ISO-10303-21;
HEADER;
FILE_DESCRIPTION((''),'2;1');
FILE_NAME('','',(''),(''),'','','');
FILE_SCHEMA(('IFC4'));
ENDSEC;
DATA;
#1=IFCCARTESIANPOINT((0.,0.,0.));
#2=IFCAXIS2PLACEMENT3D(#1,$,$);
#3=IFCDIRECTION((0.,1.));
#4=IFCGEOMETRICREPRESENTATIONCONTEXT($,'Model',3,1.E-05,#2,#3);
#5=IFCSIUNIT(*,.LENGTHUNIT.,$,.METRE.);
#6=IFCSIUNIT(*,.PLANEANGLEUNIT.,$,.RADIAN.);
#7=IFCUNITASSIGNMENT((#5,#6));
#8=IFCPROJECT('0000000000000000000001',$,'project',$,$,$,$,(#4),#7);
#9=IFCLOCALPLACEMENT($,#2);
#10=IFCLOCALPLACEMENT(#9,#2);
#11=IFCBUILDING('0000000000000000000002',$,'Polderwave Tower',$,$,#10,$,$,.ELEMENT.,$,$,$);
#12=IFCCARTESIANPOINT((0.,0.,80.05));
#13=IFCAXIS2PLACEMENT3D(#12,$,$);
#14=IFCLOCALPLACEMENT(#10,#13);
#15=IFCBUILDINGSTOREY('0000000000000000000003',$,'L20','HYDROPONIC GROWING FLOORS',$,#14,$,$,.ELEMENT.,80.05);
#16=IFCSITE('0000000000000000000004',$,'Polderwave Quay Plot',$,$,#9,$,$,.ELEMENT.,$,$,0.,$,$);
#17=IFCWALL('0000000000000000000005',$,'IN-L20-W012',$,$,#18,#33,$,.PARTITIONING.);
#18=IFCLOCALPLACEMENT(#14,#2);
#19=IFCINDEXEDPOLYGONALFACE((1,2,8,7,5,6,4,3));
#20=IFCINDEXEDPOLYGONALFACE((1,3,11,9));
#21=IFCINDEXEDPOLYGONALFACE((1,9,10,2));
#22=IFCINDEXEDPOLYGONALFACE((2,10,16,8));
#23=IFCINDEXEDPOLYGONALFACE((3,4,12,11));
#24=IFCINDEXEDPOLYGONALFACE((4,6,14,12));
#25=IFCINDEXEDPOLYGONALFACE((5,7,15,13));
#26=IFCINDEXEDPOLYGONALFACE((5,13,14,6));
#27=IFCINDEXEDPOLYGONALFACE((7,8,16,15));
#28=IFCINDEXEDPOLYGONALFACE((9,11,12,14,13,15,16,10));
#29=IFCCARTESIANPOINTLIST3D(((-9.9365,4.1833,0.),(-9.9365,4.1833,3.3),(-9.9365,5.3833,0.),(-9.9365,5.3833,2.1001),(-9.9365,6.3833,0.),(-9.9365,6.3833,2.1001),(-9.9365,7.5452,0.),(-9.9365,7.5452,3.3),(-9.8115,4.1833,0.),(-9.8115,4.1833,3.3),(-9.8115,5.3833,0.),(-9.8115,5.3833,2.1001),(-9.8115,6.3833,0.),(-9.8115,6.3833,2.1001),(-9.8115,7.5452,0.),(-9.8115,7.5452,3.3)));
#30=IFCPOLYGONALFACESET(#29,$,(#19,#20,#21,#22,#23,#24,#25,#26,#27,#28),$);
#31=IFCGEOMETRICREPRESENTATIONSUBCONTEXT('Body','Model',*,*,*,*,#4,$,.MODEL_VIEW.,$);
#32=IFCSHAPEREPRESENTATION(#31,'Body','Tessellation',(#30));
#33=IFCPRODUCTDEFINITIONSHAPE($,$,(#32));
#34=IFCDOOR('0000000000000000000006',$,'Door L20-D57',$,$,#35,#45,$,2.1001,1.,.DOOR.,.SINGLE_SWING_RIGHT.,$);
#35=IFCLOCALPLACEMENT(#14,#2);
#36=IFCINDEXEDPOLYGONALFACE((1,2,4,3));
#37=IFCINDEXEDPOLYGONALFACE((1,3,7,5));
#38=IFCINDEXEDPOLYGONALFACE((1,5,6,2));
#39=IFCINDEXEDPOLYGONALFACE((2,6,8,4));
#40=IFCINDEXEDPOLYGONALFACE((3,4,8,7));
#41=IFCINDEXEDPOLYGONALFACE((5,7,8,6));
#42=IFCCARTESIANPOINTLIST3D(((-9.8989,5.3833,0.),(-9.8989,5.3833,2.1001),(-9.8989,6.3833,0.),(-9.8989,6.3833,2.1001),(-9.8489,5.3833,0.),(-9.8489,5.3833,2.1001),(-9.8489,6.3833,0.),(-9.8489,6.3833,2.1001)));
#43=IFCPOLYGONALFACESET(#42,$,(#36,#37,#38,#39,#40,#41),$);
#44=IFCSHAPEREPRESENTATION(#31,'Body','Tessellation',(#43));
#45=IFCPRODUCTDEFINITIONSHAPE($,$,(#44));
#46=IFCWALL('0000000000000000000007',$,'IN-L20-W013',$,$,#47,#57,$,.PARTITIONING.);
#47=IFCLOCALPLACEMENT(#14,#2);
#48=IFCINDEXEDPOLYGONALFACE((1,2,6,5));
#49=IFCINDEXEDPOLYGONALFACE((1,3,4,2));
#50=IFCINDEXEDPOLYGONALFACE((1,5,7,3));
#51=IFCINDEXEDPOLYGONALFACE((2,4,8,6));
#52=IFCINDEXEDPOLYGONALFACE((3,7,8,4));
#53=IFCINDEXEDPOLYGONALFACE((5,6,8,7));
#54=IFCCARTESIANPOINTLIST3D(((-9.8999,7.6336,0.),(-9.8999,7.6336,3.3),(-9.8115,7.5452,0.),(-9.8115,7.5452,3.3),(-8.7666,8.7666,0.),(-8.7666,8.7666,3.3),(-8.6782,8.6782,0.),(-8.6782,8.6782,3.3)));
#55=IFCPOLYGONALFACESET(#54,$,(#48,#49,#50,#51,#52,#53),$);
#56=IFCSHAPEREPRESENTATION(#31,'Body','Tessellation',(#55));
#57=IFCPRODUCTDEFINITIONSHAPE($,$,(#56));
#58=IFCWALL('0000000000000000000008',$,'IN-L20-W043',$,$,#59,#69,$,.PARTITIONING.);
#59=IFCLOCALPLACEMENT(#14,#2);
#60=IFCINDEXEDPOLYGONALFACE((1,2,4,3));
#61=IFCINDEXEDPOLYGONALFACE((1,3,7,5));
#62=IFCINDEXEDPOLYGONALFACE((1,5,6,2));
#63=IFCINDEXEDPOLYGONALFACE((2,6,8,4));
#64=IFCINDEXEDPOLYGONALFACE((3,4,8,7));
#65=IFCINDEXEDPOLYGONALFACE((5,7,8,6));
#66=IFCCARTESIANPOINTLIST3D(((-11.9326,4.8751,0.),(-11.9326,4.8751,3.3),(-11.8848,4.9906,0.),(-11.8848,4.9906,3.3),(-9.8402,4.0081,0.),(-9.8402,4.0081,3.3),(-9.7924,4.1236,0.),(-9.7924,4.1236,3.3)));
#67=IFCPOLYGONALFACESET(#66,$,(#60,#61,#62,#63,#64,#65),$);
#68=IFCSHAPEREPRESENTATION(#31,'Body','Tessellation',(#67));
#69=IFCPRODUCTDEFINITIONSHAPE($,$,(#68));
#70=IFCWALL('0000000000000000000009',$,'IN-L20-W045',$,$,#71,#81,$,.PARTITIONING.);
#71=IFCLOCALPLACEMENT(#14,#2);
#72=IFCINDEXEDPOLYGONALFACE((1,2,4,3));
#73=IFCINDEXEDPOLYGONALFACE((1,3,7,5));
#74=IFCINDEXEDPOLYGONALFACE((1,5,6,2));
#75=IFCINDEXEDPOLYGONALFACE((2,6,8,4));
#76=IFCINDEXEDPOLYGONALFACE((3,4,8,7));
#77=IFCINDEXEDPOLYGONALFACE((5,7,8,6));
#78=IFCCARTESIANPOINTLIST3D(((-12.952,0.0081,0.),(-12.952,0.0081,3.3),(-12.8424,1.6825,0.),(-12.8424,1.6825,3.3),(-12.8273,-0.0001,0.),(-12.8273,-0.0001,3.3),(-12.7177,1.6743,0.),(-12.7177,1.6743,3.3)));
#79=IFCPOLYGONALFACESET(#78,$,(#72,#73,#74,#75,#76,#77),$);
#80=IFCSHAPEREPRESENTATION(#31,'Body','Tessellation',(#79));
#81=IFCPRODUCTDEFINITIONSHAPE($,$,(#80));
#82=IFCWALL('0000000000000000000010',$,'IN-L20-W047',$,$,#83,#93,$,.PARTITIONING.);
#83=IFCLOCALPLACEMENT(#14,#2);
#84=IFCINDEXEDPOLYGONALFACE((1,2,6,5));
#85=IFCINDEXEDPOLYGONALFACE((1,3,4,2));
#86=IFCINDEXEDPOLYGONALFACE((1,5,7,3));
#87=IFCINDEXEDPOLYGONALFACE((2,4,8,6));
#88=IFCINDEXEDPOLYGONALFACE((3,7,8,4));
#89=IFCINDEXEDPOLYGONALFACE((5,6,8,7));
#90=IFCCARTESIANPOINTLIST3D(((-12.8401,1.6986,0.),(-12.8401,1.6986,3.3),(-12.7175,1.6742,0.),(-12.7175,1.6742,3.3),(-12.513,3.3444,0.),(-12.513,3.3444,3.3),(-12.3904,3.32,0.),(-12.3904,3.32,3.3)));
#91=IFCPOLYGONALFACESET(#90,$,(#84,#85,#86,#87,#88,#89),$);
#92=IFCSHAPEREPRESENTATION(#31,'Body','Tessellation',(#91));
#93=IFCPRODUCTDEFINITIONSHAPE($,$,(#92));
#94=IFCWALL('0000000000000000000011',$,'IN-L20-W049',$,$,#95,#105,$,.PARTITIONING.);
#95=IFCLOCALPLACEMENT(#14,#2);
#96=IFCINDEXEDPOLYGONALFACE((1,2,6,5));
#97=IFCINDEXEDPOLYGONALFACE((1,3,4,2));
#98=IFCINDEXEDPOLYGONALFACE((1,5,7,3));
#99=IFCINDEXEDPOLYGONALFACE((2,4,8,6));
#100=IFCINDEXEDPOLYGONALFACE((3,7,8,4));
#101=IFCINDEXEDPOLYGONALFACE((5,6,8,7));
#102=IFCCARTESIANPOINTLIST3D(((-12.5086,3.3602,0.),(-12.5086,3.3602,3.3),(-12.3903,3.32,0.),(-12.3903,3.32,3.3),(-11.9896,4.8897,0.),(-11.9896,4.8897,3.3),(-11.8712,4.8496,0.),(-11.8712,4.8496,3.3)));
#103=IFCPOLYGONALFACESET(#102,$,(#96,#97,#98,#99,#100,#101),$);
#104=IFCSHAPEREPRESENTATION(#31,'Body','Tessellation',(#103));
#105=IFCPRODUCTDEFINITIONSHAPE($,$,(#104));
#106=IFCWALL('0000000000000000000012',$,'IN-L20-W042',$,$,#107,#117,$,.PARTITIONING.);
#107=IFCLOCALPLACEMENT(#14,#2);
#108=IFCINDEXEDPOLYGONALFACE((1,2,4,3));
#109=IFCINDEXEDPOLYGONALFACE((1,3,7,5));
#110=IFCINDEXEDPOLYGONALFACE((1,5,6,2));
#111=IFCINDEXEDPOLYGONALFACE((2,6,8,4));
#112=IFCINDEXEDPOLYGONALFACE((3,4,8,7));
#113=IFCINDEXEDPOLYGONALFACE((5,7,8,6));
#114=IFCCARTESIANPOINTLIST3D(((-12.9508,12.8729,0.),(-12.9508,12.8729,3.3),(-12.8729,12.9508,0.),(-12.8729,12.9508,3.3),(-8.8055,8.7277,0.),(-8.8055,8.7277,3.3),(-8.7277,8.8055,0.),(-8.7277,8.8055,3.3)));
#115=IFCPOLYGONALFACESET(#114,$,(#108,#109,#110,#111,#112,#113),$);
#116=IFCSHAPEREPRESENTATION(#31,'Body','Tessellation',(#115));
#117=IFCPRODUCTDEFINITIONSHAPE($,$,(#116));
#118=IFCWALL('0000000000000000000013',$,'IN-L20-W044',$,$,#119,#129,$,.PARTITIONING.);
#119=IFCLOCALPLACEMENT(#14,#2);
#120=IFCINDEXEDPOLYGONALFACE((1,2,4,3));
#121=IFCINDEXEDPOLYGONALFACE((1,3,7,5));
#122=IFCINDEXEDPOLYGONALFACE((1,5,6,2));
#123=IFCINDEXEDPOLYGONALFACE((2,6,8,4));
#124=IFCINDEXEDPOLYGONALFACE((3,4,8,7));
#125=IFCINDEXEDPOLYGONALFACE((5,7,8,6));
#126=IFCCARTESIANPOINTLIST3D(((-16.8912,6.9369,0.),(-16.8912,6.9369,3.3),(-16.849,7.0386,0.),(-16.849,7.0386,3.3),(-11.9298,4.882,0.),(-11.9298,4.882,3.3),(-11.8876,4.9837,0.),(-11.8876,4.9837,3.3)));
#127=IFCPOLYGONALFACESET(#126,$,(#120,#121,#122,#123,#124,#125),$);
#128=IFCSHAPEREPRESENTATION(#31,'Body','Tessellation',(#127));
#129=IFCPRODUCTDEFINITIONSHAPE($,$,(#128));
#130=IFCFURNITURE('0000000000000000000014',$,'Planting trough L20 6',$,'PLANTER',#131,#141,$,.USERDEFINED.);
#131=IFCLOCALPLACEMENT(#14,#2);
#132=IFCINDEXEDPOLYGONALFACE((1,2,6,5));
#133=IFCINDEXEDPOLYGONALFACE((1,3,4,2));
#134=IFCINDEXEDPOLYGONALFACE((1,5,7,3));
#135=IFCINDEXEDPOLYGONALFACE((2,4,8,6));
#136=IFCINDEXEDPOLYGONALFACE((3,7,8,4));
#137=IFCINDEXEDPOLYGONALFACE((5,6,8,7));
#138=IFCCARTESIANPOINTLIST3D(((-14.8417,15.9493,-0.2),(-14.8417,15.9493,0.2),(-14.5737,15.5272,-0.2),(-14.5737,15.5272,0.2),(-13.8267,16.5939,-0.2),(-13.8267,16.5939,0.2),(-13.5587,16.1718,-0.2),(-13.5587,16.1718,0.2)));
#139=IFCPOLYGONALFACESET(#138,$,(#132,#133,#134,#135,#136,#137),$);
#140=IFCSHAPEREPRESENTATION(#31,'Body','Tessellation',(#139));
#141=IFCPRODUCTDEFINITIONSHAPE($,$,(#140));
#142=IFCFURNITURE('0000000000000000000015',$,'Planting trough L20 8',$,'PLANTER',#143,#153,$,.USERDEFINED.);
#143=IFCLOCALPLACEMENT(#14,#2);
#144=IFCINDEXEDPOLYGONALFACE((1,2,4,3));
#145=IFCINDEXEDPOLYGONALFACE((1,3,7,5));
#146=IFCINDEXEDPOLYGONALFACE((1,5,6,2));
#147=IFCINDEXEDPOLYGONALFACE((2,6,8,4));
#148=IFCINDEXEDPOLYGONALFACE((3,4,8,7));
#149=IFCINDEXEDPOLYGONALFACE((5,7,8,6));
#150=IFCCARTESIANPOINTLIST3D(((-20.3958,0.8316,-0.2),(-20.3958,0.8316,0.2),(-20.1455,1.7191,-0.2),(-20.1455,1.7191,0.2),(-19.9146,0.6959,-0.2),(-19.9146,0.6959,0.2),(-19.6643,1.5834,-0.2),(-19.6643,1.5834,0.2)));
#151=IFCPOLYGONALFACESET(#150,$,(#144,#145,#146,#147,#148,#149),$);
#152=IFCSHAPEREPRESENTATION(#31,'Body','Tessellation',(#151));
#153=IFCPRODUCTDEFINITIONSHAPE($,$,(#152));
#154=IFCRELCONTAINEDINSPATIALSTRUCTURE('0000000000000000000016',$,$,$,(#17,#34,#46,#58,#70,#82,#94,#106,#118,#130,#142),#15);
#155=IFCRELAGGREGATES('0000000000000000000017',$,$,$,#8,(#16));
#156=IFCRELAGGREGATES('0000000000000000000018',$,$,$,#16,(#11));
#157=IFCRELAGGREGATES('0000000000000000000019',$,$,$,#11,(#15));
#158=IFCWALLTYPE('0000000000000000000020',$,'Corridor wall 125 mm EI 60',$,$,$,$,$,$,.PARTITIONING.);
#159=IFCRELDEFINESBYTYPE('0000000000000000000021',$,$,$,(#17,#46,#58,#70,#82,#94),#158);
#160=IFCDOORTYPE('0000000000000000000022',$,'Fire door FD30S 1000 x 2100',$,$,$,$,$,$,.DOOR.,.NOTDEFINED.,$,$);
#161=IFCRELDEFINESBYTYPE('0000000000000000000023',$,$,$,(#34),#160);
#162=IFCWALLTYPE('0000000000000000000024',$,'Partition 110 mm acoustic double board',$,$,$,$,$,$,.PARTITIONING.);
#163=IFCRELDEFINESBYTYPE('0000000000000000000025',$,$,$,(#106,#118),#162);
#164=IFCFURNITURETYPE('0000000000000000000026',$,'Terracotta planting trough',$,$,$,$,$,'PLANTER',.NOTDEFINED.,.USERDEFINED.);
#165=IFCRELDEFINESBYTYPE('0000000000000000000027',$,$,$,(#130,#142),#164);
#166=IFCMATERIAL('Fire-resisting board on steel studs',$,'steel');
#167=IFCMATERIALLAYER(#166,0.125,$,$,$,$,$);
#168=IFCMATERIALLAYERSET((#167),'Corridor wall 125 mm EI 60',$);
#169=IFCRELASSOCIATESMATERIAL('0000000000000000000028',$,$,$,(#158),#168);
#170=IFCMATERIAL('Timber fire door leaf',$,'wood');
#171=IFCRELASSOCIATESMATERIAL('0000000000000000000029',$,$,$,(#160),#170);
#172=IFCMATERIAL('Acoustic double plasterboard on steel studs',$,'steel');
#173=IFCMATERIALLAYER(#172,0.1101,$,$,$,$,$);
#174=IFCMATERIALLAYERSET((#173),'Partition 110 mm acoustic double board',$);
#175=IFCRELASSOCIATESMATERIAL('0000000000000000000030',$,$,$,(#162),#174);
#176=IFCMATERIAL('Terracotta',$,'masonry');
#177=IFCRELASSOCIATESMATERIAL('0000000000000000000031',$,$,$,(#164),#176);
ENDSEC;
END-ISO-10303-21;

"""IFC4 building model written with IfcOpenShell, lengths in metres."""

from ifc_helpers import new_model, si_unit, direction, frame, frame_2d, origin, origin_2d, place, context, subcontext, project, spatial, rectangle, extrude, material, layer, layer_set, type_object, element, fill, save


model = new_model("IFC4")

# Units and contexts
model_context = context("Model", 3, precision=1e-05, world=origin(), true_north=direction((0.0, 1.0)))
body_context = subcontext(model_context, "Body", "Model", "MODEL_VIEW")
ifc_project = project(units=[si_unit("LENGTHUNIT", "METRE"), si_unit("PLANEANGLEUNIT", "RADIAN")], contexts=[model_context])

# Site, building, storey
site_placement = place(None, origin())
site = spatial("IfcSite", under=ifc_project, at=site_placement, Name="Polderwave Quay Plot", CompositionType="ELEMENT", RefElevation=0.0)
building_placement = place(site_placement, origin())
building = spatial("IfcBuilding", under=site, at=building_placement, Name="Polderwave Tower", CompositionType="ELEMENT")
storey_placement = place(building_placement, frame((0.0, 0.0, 80.05)))
storey = spatial("IfcBuildingStorey", under=building, at=storey_placement, Name="L20", Description="HYDROPONIC GROWING FLOORS", CompositionType="ELEMENT", Elevation=80.05)

# Shared definitions
ifc_material_1 = material(Name="Fire-resisting board on steel studs", Category="steel")
ifc_layer_1 = layer(ifc_material_1, 0.125)
ifc_layer_set_1 = layer_set([ifc_layer_1], Name="Corridor wall 125 mm EI 60")
wall_type_1 = type_object("IfcWallType", Name="Corridor wall 125 mm EI 60", PredefinedType="PARTITIONING", material=ifc_layer_set_1)

# Wall, opening, door
wall_1_placement = place(storey_placement, frame((-9.874, 4.1833, 0.0), z_axis=(0.0, 0.0, 1.0), x_axis=(0.0, 1.0, 0.0)))
wall_1 = element("IfcWall", 1, at=wall_1_placement, inside=storey, type_object=wall_type_1, Name="IN-L20-W012", PredefinedType="PARTITIONING", context=body_context, shape_type="SweptSolid", body=[
    extrude(rectangle(XDim=3.3618, YDim=0.125, at=frame_2d((1.6809, 0.0))), origin(), (0.0, 0.0, 1.0), 3.3),
])
opening_placement = place(wall_1_placement, frame((1.2, 0.0, 0.0)))
opening = element("IfcOpeningElement", 2, at=opening_placement, cuts=wall_1, PredefinedType="OPENING", context=body_context, shape_type="SweptSolid", body=[
    extrude(rectangle(XDim=1.0, YDim=2.1001, at=frame_2d((0.5, 1.05))), frame((0.0, 0.0725, 0.0), z_axis=(0.0, -1.0, 0.0), x_axis=(1.0, 0.0, 0.0)), (0.0, 0.0, 1.0), 0.145),
])
ifc_material_2 = material(Name="Timber fire door leaf", Category="wood")
door_type = type_object("IfcDoorType", Name="Fire door FD30S 1000 x 2100", OperationType="NOTDEFINED", PredefinedType="DOOR", material=ifc_material_2)
door_placement = place(opening_placement, origin())
door = element("IfcDoor", 3, at=door_placement, inside=storey, type_object=door_type, Name="Door L20-D57", OperationType="SINGLE_SWING_RIGHT", OverallHeight=2.1001, OverallWidth=1.0, PredefinedType="DOOR", context=body_context, shape_type="SweptSolid", body=[
    extrude(rectangle(XDim=1.0, YDim=2.1001, at=frame_2d((0.5, 1.05))), frame((0.0, 0.0249, 0.0), z_axis=(0.0, -1.0, 0.0), x_axis=(1.0, 0.0, 0.0)), (0.0, 0.0, 1.0), 0.05),
])
fill(opening, door)

# Walls
wall_2_placement = place(storey_placement, frame((-9.8557, 7.5894, 0.0), z_axis=(0.0, 0.0, 1.0), x_axis=(0.707183, 0.707031, 0.0)))
element("IfcWall", 4, at=wall_2_placement, inside=storey, type_object=wall_type_1, Name="IN-L20-W013", PredefinedType="PARTITIONING", context=body_context, shape_type="SweptSolid", body=[
    extrude(rectangle(XDim=1.6025, YDim=0.125, at=frame_2d((0.8013, 0.0))), origin(), (0.0, 0.0, 1.0), 3.3),
])
wall_3_placement = place(storey_placement, frame((-9.8164, 4.0659, 0.0), z_axis=(0.0, 0.0, 1.0), x_axis=(-0.923834, 0.382793, 0.0)))
element("IfcWall", 5, at=wall_3_placement, inside=storey, type_object=wall_type_1, Name="IN-L20-W043", PredefinedType="PARTITIONING", context=body_context, shape_type="SweptSolid", body=[
    extrude(rectangle(XDim=2.2649, YDim=0.125, at=frame_2d((1.1323, 0.0))), origin(), (0.0, 0.0, 1.0), 3.3),
])
for number, where, z_axis, x_axis, name in (
    (6, (-12.8896, 0.0042, 0.0), (0.0, 0.0, 1.0), (0.065331, 0.997864, 0.0), "IN-L20-W045"),
    (7, (-12.7788, 1.6865, 0.0), (0.0, 0.0, 1.0), (0.194969, 0.980809, 0.0), "IN-L20-W047"),
):
    element("IfcWall", number, at=place(storey_placement, frame(where, z_axis=z_axis, x_axis=x_axis)), inside=storey, type_object=wall_type_1, Name=name, PredefinedType="PARTITIONING", context=body_context, shape_type="SweptSolid", body=[
        extrude(rectangle(XDim=1.678, YDim=0.125, at=frame_2d((0.8389, 0.0))), origin(), (0.0, 0.0, 1.0), 3.3),
    ])
wall_4_placement = place(storey_placement, frame((-12.4495, 3.3401, 0.0), z_axis=(0.0, 0.0, 1.0), x_axis=(0.321347, 0.946961, 0.0)))
element("IfcWall", 8, at=wall_4_placement, inside=storey, type_object=wall_type_1, Name="IN-L20-W049", PredefinedType="PARTITIONING", context=body_context, shape_type="SweptSolid", body=[
    extrude(rectangle(XDim=1.6152, YDim=0.125, at=frame_2d((0.8076, 0.0))), origin(), (0.0, 0.0, 1.0), 3.3),
])
ifc_material_3 = material(Name="Acoustic double plasterboard on steel studs", Category="steel")
ifc_layer_2 = layer(ifc_material_3, 0.1101)
ifc_layer_set_2 = layer_set([ifc_layer_2], Name="Partition 110 mm acoustic double board")
wall_type_2 = type_object("IfcWallType", Name="Partition 110 mm acoustic double board", PredefinedType="PARTITIONING", material=ifc_layer_set_2)
wall_5_placement = place(storey_placement, frame((-8.7666, 8.7666, 0.0), z_axis=(0.0, 0.0, 1.0), x_axis=(-0.707107, 0.707107, 0.0)))
element("IfcWall", 9, at=wall_5_placement, inside=storey, type_object=wall_type_2, Name="IN-L20-W042", PredefinedType="PARTITIONING", context=body_context, shape_type="SweptSolid", body=[
    extrude(rectangle(XDim=5.8623, YDim=0.1101, at=frame_2d((2.9312, 0.0))), origin(), (0.0, 0.0, 1.0), 3.3),
])
wall_6_placement = place(storey_placement, frame((-11.9087, 4.9329, 0.0), z_axis=(0.0, 0.0, 1.0), x_axis=(-0.92389, 0.382658, 0.0)))
element("IfcWall", 10, at=wall_6_placement, inside=storey, type_object=wall_type_2, Name="IN-L20-W044", PredefinedType="PARTITIONING", context=body_context, shape_type="SweptSolid", body=[
    extrude(rectangle(XDim=5.3701, YDim=0.1101, at=frame_2d((2.6851, 0.0))), origin(), (0.0, 0.0, 1.0), 3.3),
])

# Furniture
ifc_material_4 = material(Name="Terracotta", Category="masonry")
furniture_type = type_object("IfcFurnitureType", Name="Terracotta planting trough", ElementType="PLANTER", AssemblyPlace="NOTDEFINED", PredefinedType="USERDEFINED", material=ifc_material_4)
furniture_1_placement = place(storey_placement, frame((-14.2002, 16.0605, -0.2), z_axis=(0.0, 0.0, 1.0), x_axis=(-0.844164, -0.536085, 0.0)))
element("IfcFurniture", 11, at=furniture_1_placement, inside=storey, type_object=furniture_type, Name="Planting trough L20 6", ObjectType="PLANTER", PredefinedType="USERDEFINED", context=body_context, shape_type="SweptSolid", body=[
    extrude(rectangle(XDim=1.2024, YDim=0.5, at=origin_2d()), origin(), (0.0, 0.0, 1.0), 0.3999),
])
furniture_2_placement = place(storey_placement, frame((-20.03, 1.2075, -0.2), z_axis=(0.0, 0.0, 1.0), x_axis=(-0.271417, -0.962462, 0.0)))
element("IfcFurniture", 12, at=furniture_2_placement, inside=storey, type_object=furniture_type, Name="Planting trough L20 8", ObjectType="PLANTER", PredefinedType="USERDEFINED", context=body_context, shape_type="SweptSolid", body=[
    extrude(rectangle(XDim=0.9221, YDim=0.5, at=origin_2d()), origin(), (0.0, 0.0, 1.0), 0.3999),
])

save(model, "model.ifc")
